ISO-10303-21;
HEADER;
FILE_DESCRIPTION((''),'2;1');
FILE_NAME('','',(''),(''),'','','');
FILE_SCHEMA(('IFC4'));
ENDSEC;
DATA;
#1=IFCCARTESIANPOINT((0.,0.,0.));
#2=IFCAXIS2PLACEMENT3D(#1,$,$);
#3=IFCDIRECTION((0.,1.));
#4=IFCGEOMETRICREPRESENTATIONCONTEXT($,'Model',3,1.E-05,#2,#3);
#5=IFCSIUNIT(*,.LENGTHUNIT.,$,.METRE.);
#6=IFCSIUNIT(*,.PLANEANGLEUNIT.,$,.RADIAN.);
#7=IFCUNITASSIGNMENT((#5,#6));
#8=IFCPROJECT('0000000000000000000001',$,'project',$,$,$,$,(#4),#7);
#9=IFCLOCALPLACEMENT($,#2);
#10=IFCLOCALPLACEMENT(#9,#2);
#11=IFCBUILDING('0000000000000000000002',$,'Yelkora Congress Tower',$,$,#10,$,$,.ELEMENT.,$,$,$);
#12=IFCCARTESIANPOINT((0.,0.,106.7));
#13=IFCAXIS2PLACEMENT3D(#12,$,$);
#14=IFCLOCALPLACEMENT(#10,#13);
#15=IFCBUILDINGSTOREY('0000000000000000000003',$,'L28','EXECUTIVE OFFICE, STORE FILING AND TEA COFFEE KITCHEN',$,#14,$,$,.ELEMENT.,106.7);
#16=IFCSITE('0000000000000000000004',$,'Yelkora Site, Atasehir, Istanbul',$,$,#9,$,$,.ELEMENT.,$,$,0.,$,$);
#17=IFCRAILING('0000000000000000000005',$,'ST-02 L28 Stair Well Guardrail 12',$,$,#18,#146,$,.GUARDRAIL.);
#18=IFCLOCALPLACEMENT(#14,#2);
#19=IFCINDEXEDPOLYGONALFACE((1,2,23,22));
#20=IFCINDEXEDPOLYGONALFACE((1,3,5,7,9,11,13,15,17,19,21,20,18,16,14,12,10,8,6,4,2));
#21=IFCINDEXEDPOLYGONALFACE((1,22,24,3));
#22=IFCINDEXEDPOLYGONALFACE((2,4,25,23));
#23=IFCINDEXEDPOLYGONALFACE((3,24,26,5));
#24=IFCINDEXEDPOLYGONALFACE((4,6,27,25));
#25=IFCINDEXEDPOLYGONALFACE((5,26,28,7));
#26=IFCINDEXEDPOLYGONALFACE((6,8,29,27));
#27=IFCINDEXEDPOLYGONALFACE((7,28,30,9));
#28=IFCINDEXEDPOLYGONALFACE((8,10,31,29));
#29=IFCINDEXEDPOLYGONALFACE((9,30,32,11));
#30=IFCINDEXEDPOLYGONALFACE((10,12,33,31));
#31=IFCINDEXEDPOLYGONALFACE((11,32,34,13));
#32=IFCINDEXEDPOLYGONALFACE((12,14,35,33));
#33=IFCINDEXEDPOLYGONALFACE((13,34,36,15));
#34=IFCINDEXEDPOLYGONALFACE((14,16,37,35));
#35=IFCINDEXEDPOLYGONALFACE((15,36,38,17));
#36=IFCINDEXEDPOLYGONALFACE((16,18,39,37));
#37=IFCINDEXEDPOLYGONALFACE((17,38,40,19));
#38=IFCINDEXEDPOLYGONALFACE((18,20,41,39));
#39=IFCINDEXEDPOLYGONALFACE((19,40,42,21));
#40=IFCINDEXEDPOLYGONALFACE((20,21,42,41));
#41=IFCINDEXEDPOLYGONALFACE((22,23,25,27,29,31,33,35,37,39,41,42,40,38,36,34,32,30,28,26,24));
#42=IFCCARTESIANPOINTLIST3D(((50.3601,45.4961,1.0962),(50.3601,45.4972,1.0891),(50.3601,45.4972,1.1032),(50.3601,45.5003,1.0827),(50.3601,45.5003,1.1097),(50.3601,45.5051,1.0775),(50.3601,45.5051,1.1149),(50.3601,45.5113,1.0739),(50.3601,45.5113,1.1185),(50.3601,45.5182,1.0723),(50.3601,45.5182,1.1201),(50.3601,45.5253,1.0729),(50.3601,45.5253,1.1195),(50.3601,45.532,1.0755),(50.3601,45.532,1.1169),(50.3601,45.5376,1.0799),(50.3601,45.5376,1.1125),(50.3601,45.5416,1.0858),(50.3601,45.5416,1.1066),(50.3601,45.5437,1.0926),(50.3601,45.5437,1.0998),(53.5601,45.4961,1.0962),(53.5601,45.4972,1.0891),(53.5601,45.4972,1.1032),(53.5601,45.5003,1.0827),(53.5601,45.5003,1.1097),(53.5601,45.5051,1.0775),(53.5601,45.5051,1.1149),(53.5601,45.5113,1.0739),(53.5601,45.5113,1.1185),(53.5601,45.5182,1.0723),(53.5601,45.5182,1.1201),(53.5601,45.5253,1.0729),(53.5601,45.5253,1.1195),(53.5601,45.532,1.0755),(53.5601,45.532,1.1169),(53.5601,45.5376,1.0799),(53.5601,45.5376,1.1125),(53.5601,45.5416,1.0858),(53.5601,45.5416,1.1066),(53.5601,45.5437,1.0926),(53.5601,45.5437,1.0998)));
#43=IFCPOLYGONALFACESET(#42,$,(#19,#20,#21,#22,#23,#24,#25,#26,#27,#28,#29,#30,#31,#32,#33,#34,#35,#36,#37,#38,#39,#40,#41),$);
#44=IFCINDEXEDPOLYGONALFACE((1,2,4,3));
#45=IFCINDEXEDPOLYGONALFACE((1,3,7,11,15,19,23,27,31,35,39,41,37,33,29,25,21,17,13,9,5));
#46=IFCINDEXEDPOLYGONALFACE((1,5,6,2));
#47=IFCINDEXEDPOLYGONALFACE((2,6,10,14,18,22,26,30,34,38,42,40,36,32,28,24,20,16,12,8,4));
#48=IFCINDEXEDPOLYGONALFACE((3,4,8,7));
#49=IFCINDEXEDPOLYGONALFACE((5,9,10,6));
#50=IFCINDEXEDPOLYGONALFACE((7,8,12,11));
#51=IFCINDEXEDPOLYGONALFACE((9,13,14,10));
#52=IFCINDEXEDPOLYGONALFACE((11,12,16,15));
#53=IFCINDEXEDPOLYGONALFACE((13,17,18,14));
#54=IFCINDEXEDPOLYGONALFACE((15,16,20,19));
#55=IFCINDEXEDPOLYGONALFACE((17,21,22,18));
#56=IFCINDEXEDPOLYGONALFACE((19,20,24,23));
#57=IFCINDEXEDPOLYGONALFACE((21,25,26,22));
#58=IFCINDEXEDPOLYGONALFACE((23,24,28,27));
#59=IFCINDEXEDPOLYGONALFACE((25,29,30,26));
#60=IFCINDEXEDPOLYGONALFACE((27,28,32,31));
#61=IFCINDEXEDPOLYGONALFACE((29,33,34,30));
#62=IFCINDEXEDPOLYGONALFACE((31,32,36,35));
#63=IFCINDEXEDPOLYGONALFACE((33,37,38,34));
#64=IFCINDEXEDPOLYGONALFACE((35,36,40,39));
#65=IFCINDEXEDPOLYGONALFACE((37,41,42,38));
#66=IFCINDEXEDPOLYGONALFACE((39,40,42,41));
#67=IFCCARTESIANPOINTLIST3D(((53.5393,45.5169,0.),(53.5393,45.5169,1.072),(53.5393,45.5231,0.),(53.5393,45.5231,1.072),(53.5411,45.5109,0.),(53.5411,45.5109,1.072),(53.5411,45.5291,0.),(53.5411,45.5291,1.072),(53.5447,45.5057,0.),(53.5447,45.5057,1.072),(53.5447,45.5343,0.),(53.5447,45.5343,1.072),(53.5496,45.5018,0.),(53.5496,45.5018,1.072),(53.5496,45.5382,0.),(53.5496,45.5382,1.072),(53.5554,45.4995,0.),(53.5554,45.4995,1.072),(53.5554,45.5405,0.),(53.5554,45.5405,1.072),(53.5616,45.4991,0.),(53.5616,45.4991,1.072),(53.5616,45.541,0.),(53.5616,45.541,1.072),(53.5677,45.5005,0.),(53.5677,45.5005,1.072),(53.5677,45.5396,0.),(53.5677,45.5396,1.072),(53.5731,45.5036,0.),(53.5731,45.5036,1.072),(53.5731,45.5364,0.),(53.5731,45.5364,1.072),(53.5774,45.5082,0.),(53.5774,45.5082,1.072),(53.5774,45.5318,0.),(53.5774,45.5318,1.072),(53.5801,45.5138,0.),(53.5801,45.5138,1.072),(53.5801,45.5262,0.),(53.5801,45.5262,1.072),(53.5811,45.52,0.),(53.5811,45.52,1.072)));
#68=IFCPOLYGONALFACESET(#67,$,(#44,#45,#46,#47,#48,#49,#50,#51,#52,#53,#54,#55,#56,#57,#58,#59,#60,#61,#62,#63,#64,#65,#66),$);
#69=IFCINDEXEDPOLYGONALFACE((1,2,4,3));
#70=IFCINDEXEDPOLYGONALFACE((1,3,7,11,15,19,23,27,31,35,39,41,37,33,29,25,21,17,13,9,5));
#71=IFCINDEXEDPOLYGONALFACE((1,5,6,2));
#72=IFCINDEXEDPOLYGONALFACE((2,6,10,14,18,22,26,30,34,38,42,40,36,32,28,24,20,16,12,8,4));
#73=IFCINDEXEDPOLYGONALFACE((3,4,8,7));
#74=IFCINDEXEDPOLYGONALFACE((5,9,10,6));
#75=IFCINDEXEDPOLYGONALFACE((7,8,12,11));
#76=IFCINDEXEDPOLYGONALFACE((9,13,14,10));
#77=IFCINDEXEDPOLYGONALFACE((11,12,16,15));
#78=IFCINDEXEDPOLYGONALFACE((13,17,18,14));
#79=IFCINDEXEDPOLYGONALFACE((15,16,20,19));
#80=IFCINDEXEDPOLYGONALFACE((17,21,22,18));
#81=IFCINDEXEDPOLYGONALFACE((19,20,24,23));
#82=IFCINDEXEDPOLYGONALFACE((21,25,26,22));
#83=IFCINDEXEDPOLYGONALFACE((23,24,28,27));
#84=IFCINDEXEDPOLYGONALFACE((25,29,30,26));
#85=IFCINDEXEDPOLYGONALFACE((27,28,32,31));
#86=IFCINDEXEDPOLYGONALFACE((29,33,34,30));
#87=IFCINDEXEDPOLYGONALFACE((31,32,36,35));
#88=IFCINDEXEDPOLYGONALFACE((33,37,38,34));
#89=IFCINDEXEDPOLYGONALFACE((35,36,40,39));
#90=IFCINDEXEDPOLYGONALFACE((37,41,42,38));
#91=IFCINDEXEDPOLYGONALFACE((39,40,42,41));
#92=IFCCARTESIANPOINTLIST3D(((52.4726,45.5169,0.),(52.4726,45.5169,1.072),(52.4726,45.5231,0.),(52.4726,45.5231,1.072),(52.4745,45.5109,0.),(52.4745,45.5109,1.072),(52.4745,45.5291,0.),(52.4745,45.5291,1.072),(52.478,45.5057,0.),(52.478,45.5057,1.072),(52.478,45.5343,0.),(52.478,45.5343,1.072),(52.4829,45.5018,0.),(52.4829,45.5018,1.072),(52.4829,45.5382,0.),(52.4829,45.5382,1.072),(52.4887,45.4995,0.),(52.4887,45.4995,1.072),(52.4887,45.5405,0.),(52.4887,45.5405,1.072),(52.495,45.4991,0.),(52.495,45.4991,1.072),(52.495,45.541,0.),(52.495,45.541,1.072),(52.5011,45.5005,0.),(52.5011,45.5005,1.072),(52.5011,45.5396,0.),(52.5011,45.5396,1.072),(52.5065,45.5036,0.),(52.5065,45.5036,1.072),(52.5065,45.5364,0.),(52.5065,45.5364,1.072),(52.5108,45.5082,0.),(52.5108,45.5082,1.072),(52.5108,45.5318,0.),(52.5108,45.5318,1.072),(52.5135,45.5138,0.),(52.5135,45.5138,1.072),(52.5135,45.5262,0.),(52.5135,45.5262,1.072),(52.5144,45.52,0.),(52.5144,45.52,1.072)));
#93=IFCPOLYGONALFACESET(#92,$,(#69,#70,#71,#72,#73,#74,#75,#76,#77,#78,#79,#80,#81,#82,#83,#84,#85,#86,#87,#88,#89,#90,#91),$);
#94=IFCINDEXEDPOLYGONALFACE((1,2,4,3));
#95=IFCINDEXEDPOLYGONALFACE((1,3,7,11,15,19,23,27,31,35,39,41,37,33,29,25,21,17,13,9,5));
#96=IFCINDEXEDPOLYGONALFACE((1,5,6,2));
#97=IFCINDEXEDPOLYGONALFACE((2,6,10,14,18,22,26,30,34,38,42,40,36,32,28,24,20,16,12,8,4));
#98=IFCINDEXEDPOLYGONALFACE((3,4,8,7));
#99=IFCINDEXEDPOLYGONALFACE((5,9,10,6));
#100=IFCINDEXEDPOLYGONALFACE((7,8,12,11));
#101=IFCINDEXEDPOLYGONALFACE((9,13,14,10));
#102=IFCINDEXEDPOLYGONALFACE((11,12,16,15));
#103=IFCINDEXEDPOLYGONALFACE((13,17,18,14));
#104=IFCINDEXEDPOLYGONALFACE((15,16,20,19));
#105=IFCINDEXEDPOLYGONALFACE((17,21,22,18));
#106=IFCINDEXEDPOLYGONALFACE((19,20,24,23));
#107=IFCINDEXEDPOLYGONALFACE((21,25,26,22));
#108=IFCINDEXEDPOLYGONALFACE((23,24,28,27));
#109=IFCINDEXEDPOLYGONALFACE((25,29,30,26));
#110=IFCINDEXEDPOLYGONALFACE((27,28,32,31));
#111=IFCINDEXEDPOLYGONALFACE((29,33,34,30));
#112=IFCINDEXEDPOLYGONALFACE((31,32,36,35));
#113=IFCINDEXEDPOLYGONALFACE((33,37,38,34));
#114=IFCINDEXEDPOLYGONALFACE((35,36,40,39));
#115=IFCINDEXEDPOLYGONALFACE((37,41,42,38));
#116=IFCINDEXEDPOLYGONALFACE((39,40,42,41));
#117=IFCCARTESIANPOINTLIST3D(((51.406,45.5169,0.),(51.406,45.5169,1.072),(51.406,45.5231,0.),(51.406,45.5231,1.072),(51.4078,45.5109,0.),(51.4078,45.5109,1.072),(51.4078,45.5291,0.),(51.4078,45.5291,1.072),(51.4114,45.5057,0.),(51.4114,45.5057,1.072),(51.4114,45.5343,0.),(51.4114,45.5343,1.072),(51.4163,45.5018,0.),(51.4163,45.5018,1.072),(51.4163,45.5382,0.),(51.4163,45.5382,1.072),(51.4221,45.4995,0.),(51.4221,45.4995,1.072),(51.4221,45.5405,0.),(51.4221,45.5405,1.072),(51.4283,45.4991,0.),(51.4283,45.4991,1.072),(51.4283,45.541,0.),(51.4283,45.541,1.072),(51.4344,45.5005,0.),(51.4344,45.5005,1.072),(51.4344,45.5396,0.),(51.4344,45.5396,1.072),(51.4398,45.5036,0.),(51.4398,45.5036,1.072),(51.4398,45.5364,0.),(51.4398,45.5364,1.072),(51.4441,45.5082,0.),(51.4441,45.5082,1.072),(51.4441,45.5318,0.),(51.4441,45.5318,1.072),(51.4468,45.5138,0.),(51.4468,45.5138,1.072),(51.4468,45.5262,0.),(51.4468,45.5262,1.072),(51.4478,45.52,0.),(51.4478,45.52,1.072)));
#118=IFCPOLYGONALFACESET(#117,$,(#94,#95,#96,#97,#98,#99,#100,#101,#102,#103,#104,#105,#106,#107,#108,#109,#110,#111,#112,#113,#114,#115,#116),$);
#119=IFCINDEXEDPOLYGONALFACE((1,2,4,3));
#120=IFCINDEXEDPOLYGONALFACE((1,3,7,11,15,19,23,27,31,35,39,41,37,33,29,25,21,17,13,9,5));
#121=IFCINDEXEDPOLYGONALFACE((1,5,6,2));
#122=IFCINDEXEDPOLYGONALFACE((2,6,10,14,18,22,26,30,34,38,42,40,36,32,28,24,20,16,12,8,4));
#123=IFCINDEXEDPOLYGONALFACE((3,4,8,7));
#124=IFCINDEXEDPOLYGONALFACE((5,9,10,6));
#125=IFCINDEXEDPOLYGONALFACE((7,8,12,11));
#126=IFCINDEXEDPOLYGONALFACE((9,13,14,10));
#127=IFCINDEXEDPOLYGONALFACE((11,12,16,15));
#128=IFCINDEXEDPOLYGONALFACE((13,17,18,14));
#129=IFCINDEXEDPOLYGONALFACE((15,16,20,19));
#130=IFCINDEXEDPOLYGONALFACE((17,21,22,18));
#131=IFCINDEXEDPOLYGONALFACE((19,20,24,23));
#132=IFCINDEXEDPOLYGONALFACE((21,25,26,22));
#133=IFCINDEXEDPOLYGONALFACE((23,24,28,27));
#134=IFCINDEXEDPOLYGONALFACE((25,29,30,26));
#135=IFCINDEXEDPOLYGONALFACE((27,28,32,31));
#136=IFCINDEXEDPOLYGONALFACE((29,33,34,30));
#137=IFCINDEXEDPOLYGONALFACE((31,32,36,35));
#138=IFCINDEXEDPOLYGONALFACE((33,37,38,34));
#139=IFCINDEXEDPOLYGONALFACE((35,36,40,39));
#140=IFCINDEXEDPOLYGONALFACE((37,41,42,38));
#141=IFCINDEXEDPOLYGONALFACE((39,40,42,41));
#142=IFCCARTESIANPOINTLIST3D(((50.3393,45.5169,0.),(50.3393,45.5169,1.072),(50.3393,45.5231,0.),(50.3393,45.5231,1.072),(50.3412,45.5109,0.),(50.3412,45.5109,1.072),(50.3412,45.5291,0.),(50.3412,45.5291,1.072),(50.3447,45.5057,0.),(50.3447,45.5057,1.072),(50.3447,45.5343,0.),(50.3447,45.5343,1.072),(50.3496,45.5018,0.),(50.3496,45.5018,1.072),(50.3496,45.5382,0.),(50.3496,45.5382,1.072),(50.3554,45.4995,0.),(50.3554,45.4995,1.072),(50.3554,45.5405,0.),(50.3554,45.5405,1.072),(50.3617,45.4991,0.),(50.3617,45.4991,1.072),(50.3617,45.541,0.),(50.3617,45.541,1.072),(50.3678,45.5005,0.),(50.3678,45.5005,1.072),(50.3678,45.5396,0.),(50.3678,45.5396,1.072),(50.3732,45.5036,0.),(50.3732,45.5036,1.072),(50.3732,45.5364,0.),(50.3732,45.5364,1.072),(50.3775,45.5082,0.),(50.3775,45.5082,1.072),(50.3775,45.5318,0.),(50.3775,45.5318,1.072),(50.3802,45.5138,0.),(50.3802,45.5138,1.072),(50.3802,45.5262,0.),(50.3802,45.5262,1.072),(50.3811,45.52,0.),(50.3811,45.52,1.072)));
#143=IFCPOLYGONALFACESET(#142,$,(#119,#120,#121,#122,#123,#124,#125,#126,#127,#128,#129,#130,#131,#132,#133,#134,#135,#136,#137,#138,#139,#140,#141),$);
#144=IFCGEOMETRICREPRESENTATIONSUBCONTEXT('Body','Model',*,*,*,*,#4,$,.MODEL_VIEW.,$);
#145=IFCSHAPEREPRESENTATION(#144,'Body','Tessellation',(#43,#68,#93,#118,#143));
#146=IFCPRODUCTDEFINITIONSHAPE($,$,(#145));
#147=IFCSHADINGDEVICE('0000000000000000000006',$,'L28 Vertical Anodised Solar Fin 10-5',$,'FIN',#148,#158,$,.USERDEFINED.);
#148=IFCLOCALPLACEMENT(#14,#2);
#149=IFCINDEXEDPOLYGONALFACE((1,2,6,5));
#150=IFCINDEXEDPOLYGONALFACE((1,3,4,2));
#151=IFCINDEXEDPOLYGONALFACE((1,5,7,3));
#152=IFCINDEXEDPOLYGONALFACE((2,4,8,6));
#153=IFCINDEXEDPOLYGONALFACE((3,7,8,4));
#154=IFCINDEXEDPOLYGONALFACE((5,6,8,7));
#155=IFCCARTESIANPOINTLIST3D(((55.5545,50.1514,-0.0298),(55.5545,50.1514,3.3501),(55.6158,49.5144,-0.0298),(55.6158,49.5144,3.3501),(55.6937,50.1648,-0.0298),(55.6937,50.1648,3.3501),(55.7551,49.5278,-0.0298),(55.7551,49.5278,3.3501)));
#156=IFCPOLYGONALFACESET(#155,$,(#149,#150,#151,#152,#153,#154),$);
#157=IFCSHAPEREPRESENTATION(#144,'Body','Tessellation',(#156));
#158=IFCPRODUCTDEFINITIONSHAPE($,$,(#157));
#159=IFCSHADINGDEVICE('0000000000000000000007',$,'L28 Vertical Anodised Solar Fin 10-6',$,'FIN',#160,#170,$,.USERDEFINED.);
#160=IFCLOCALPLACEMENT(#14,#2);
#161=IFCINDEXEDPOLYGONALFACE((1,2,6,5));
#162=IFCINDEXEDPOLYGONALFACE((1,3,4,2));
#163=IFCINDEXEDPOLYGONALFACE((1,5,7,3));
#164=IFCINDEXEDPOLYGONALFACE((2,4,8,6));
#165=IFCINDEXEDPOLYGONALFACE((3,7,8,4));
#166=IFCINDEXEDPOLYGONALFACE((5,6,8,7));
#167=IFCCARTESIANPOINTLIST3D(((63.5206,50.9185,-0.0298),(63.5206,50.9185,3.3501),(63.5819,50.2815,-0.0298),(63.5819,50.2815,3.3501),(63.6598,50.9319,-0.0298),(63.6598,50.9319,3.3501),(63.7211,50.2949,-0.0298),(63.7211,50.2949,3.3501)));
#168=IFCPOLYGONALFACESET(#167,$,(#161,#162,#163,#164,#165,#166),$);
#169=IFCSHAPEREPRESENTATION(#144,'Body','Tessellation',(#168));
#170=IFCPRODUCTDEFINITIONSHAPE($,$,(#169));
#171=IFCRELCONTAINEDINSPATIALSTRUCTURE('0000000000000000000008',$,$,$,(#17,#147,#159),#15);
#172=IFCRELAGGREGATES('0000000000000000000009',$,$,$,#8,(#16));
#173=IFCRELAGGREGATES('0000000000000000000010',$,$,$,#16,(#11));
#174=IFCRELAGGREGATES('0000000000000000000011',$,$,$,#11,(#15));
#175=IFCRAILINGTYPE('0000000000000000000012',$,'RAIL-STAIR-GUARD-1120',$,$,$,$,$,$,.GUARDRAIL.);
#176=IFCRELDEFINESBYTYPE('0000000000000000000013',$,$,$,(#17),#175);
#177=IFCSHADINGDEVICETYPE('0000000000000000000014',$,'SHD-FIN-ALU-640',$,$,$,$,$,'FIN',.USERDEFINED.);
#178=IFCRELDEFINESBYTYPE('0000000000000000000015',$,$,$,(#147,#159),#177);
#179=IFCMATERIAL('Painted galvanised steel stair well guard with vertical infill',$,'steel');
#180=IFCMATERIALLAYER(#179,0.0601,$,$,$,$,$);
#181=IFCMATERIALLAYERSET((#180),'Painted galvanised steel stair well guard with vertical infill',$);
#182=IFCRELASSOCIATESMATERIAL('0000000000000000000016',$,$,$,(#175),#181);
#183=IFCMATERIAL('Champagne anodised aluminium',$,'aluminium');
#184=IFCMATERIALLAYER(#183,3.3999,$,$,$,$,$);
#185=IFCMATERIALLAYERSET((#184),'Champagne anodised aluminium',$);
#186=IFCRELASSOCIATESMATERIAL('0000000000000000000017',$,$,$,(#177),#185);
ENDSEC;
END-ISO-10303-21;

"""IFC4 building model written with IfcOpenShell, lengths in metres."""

from ifc_helpers import new_model, si_unit, direction, frame, origin, origin_2d, place, context, subcontext, project, spatial, rectangle, circle, extrude, material, layer, layer_set, type_object, element, save


model = new_model("IFC4")

# Units and contexts
model_context = context("Model", 3, precision=1e-05, world=origin(), true_north=direction((0.0, 1.0)))
body_context = subcontext(model_context, "Body", "Model", "MODEL_VIEW")
ifc_project = project(units=[si_unit("LENGTHUNIT", "METRE"), si_unit("PLANEANGLEUNIT", "RADIAN")], contexts=[model_context])

# Site, building, storey
site_placement = place(None, origin())
site = spatial("IfcSite", under=ifc_project, at=site_placement, Name="Yelkora Site, Atasehir, Istanbul", CompositionType="ELEMENT", RefElevation=0.0)
building_placement = place(site_placement, origin())
building = spatial("IfcBuilding", under=site, at=building_placement, Name="Yelkora Congress Tower", CompositionType="ELEMENT")
storey_placement = place(building_placement, frame((0.0, 0.0, 106.7)))
storey = spatial("IfcBuildingStorey", under=building, at=storey_placement, Name="L28", Description="EXECUTIVE OFFICE, STORE FILING AND TEA COFFEE KITCHEN", CompositionType="ELEMENT", Elevation=106.7)

# Railing
ifc_material_1 = material(Name="Painted galvanised steel stair well guard with vertical infill", Category="steel")
ifc_layer_1 = layer(ifc_material_1, 0.0601)
ifc_layer_set_1 = layer_set([ifc_layer_1], Name="Painted galvanised steel stair well guard with vertical infill")
railing_type = type_object("IfcRailingType", Name="RAIL-STAIR-GUARD-1120", PredefinedType="GUARDRAIL", material=ifc_layer_set_1)
railing_1_placement = place(storey_placement, frame((53.5601, 45.52, 0.0)))
element("IfcRailing", 1, at=railing_1_placement, inside=storey, type_object=railing_type, Name="ST-02 L28 Stair Well Guardrail 12", PredefinedType="GUARDRAIL", context=body_context, shape_type="SweptSolid", body=[
    extrude(circle(Radius=0.0239, at=origin_2d()), frame((0.0, 0.0, 1.0962), z_axis=(-1.0, 0.0, 0.0), x_axis=(0.0, -1.0, 0.0)), (0.0, 0.0, 1.0), 3.2),
    extrude(circle(Radius=0.021, at=origin_2d()), origin(), (0.0, 0.0, 1.0), 1.072),
    extrude(circle(Radius=0.021, at=origin_2d()), frame((-1.0667, 0.0, 0.0)), (0.0, 0.0, 1.0), 1.072),
    extrude(circle(Radius=0.021, at=origin_2d()), frame((-2.1333, 0.0, 0.0)), (0.0, 0.0, 1.0), 1.072),
    extrude(circle(Radius=0.021, at=origin_2d()), frame((-3.2, 0.0, 0.0)), (0.0, 0.0, 1.0), 1.072),
])

# Shading devices
ifc_material_2 = material(Name="Champagne anodised aluminium", Category="aluminium")
ifc_layer_2 = layer(ifc_material_2, 3.3999)
ifc_layer_set_2 = layer_set([ifc_layer_2], Name="Champagne anodised aluminium")
shading_device_type = type_object("IfcShadingDeviceType", Name="SHD-FIN-ALU-640", ElementType="FIN", PredefinedType="USERDEFINED", material=ifc_layer_set_2)
for number, where, z_axis, x_axis, name in (
    (2, (55.6548, 49.8396, -0.0298), (0.0, 0.0, 1.0), (0.995396, 0.095846, 0.0), "L28 Vertical Anodised Solar Fin 10-5"),
    (3, (63.6208, 50.6067, -0.0298), (0.0, 0.0, 1.0), (0.995396, 0.095846, 0.0), "L28 Vertical Anodised Solar Fin 10-6"),
):
    element("IfcShadingDevice", number, at=place(storey_placement, frame(where, z_axis=z_axis, x_axis=x_axis)), inside=storey, type_object=shading_device_type, Name=name, ObjectType="FIN", PredefinedType="USERDEFINED", context=body_context, shape_type="SweptSolid", body=[
        extrude(rectangle(XDim=0.1399, YDim=0.6399, at=origin_2d()), origin(), (0.0, 0.0, 1.0), 3.3799),
    ])

save(model, "model.ifc")
